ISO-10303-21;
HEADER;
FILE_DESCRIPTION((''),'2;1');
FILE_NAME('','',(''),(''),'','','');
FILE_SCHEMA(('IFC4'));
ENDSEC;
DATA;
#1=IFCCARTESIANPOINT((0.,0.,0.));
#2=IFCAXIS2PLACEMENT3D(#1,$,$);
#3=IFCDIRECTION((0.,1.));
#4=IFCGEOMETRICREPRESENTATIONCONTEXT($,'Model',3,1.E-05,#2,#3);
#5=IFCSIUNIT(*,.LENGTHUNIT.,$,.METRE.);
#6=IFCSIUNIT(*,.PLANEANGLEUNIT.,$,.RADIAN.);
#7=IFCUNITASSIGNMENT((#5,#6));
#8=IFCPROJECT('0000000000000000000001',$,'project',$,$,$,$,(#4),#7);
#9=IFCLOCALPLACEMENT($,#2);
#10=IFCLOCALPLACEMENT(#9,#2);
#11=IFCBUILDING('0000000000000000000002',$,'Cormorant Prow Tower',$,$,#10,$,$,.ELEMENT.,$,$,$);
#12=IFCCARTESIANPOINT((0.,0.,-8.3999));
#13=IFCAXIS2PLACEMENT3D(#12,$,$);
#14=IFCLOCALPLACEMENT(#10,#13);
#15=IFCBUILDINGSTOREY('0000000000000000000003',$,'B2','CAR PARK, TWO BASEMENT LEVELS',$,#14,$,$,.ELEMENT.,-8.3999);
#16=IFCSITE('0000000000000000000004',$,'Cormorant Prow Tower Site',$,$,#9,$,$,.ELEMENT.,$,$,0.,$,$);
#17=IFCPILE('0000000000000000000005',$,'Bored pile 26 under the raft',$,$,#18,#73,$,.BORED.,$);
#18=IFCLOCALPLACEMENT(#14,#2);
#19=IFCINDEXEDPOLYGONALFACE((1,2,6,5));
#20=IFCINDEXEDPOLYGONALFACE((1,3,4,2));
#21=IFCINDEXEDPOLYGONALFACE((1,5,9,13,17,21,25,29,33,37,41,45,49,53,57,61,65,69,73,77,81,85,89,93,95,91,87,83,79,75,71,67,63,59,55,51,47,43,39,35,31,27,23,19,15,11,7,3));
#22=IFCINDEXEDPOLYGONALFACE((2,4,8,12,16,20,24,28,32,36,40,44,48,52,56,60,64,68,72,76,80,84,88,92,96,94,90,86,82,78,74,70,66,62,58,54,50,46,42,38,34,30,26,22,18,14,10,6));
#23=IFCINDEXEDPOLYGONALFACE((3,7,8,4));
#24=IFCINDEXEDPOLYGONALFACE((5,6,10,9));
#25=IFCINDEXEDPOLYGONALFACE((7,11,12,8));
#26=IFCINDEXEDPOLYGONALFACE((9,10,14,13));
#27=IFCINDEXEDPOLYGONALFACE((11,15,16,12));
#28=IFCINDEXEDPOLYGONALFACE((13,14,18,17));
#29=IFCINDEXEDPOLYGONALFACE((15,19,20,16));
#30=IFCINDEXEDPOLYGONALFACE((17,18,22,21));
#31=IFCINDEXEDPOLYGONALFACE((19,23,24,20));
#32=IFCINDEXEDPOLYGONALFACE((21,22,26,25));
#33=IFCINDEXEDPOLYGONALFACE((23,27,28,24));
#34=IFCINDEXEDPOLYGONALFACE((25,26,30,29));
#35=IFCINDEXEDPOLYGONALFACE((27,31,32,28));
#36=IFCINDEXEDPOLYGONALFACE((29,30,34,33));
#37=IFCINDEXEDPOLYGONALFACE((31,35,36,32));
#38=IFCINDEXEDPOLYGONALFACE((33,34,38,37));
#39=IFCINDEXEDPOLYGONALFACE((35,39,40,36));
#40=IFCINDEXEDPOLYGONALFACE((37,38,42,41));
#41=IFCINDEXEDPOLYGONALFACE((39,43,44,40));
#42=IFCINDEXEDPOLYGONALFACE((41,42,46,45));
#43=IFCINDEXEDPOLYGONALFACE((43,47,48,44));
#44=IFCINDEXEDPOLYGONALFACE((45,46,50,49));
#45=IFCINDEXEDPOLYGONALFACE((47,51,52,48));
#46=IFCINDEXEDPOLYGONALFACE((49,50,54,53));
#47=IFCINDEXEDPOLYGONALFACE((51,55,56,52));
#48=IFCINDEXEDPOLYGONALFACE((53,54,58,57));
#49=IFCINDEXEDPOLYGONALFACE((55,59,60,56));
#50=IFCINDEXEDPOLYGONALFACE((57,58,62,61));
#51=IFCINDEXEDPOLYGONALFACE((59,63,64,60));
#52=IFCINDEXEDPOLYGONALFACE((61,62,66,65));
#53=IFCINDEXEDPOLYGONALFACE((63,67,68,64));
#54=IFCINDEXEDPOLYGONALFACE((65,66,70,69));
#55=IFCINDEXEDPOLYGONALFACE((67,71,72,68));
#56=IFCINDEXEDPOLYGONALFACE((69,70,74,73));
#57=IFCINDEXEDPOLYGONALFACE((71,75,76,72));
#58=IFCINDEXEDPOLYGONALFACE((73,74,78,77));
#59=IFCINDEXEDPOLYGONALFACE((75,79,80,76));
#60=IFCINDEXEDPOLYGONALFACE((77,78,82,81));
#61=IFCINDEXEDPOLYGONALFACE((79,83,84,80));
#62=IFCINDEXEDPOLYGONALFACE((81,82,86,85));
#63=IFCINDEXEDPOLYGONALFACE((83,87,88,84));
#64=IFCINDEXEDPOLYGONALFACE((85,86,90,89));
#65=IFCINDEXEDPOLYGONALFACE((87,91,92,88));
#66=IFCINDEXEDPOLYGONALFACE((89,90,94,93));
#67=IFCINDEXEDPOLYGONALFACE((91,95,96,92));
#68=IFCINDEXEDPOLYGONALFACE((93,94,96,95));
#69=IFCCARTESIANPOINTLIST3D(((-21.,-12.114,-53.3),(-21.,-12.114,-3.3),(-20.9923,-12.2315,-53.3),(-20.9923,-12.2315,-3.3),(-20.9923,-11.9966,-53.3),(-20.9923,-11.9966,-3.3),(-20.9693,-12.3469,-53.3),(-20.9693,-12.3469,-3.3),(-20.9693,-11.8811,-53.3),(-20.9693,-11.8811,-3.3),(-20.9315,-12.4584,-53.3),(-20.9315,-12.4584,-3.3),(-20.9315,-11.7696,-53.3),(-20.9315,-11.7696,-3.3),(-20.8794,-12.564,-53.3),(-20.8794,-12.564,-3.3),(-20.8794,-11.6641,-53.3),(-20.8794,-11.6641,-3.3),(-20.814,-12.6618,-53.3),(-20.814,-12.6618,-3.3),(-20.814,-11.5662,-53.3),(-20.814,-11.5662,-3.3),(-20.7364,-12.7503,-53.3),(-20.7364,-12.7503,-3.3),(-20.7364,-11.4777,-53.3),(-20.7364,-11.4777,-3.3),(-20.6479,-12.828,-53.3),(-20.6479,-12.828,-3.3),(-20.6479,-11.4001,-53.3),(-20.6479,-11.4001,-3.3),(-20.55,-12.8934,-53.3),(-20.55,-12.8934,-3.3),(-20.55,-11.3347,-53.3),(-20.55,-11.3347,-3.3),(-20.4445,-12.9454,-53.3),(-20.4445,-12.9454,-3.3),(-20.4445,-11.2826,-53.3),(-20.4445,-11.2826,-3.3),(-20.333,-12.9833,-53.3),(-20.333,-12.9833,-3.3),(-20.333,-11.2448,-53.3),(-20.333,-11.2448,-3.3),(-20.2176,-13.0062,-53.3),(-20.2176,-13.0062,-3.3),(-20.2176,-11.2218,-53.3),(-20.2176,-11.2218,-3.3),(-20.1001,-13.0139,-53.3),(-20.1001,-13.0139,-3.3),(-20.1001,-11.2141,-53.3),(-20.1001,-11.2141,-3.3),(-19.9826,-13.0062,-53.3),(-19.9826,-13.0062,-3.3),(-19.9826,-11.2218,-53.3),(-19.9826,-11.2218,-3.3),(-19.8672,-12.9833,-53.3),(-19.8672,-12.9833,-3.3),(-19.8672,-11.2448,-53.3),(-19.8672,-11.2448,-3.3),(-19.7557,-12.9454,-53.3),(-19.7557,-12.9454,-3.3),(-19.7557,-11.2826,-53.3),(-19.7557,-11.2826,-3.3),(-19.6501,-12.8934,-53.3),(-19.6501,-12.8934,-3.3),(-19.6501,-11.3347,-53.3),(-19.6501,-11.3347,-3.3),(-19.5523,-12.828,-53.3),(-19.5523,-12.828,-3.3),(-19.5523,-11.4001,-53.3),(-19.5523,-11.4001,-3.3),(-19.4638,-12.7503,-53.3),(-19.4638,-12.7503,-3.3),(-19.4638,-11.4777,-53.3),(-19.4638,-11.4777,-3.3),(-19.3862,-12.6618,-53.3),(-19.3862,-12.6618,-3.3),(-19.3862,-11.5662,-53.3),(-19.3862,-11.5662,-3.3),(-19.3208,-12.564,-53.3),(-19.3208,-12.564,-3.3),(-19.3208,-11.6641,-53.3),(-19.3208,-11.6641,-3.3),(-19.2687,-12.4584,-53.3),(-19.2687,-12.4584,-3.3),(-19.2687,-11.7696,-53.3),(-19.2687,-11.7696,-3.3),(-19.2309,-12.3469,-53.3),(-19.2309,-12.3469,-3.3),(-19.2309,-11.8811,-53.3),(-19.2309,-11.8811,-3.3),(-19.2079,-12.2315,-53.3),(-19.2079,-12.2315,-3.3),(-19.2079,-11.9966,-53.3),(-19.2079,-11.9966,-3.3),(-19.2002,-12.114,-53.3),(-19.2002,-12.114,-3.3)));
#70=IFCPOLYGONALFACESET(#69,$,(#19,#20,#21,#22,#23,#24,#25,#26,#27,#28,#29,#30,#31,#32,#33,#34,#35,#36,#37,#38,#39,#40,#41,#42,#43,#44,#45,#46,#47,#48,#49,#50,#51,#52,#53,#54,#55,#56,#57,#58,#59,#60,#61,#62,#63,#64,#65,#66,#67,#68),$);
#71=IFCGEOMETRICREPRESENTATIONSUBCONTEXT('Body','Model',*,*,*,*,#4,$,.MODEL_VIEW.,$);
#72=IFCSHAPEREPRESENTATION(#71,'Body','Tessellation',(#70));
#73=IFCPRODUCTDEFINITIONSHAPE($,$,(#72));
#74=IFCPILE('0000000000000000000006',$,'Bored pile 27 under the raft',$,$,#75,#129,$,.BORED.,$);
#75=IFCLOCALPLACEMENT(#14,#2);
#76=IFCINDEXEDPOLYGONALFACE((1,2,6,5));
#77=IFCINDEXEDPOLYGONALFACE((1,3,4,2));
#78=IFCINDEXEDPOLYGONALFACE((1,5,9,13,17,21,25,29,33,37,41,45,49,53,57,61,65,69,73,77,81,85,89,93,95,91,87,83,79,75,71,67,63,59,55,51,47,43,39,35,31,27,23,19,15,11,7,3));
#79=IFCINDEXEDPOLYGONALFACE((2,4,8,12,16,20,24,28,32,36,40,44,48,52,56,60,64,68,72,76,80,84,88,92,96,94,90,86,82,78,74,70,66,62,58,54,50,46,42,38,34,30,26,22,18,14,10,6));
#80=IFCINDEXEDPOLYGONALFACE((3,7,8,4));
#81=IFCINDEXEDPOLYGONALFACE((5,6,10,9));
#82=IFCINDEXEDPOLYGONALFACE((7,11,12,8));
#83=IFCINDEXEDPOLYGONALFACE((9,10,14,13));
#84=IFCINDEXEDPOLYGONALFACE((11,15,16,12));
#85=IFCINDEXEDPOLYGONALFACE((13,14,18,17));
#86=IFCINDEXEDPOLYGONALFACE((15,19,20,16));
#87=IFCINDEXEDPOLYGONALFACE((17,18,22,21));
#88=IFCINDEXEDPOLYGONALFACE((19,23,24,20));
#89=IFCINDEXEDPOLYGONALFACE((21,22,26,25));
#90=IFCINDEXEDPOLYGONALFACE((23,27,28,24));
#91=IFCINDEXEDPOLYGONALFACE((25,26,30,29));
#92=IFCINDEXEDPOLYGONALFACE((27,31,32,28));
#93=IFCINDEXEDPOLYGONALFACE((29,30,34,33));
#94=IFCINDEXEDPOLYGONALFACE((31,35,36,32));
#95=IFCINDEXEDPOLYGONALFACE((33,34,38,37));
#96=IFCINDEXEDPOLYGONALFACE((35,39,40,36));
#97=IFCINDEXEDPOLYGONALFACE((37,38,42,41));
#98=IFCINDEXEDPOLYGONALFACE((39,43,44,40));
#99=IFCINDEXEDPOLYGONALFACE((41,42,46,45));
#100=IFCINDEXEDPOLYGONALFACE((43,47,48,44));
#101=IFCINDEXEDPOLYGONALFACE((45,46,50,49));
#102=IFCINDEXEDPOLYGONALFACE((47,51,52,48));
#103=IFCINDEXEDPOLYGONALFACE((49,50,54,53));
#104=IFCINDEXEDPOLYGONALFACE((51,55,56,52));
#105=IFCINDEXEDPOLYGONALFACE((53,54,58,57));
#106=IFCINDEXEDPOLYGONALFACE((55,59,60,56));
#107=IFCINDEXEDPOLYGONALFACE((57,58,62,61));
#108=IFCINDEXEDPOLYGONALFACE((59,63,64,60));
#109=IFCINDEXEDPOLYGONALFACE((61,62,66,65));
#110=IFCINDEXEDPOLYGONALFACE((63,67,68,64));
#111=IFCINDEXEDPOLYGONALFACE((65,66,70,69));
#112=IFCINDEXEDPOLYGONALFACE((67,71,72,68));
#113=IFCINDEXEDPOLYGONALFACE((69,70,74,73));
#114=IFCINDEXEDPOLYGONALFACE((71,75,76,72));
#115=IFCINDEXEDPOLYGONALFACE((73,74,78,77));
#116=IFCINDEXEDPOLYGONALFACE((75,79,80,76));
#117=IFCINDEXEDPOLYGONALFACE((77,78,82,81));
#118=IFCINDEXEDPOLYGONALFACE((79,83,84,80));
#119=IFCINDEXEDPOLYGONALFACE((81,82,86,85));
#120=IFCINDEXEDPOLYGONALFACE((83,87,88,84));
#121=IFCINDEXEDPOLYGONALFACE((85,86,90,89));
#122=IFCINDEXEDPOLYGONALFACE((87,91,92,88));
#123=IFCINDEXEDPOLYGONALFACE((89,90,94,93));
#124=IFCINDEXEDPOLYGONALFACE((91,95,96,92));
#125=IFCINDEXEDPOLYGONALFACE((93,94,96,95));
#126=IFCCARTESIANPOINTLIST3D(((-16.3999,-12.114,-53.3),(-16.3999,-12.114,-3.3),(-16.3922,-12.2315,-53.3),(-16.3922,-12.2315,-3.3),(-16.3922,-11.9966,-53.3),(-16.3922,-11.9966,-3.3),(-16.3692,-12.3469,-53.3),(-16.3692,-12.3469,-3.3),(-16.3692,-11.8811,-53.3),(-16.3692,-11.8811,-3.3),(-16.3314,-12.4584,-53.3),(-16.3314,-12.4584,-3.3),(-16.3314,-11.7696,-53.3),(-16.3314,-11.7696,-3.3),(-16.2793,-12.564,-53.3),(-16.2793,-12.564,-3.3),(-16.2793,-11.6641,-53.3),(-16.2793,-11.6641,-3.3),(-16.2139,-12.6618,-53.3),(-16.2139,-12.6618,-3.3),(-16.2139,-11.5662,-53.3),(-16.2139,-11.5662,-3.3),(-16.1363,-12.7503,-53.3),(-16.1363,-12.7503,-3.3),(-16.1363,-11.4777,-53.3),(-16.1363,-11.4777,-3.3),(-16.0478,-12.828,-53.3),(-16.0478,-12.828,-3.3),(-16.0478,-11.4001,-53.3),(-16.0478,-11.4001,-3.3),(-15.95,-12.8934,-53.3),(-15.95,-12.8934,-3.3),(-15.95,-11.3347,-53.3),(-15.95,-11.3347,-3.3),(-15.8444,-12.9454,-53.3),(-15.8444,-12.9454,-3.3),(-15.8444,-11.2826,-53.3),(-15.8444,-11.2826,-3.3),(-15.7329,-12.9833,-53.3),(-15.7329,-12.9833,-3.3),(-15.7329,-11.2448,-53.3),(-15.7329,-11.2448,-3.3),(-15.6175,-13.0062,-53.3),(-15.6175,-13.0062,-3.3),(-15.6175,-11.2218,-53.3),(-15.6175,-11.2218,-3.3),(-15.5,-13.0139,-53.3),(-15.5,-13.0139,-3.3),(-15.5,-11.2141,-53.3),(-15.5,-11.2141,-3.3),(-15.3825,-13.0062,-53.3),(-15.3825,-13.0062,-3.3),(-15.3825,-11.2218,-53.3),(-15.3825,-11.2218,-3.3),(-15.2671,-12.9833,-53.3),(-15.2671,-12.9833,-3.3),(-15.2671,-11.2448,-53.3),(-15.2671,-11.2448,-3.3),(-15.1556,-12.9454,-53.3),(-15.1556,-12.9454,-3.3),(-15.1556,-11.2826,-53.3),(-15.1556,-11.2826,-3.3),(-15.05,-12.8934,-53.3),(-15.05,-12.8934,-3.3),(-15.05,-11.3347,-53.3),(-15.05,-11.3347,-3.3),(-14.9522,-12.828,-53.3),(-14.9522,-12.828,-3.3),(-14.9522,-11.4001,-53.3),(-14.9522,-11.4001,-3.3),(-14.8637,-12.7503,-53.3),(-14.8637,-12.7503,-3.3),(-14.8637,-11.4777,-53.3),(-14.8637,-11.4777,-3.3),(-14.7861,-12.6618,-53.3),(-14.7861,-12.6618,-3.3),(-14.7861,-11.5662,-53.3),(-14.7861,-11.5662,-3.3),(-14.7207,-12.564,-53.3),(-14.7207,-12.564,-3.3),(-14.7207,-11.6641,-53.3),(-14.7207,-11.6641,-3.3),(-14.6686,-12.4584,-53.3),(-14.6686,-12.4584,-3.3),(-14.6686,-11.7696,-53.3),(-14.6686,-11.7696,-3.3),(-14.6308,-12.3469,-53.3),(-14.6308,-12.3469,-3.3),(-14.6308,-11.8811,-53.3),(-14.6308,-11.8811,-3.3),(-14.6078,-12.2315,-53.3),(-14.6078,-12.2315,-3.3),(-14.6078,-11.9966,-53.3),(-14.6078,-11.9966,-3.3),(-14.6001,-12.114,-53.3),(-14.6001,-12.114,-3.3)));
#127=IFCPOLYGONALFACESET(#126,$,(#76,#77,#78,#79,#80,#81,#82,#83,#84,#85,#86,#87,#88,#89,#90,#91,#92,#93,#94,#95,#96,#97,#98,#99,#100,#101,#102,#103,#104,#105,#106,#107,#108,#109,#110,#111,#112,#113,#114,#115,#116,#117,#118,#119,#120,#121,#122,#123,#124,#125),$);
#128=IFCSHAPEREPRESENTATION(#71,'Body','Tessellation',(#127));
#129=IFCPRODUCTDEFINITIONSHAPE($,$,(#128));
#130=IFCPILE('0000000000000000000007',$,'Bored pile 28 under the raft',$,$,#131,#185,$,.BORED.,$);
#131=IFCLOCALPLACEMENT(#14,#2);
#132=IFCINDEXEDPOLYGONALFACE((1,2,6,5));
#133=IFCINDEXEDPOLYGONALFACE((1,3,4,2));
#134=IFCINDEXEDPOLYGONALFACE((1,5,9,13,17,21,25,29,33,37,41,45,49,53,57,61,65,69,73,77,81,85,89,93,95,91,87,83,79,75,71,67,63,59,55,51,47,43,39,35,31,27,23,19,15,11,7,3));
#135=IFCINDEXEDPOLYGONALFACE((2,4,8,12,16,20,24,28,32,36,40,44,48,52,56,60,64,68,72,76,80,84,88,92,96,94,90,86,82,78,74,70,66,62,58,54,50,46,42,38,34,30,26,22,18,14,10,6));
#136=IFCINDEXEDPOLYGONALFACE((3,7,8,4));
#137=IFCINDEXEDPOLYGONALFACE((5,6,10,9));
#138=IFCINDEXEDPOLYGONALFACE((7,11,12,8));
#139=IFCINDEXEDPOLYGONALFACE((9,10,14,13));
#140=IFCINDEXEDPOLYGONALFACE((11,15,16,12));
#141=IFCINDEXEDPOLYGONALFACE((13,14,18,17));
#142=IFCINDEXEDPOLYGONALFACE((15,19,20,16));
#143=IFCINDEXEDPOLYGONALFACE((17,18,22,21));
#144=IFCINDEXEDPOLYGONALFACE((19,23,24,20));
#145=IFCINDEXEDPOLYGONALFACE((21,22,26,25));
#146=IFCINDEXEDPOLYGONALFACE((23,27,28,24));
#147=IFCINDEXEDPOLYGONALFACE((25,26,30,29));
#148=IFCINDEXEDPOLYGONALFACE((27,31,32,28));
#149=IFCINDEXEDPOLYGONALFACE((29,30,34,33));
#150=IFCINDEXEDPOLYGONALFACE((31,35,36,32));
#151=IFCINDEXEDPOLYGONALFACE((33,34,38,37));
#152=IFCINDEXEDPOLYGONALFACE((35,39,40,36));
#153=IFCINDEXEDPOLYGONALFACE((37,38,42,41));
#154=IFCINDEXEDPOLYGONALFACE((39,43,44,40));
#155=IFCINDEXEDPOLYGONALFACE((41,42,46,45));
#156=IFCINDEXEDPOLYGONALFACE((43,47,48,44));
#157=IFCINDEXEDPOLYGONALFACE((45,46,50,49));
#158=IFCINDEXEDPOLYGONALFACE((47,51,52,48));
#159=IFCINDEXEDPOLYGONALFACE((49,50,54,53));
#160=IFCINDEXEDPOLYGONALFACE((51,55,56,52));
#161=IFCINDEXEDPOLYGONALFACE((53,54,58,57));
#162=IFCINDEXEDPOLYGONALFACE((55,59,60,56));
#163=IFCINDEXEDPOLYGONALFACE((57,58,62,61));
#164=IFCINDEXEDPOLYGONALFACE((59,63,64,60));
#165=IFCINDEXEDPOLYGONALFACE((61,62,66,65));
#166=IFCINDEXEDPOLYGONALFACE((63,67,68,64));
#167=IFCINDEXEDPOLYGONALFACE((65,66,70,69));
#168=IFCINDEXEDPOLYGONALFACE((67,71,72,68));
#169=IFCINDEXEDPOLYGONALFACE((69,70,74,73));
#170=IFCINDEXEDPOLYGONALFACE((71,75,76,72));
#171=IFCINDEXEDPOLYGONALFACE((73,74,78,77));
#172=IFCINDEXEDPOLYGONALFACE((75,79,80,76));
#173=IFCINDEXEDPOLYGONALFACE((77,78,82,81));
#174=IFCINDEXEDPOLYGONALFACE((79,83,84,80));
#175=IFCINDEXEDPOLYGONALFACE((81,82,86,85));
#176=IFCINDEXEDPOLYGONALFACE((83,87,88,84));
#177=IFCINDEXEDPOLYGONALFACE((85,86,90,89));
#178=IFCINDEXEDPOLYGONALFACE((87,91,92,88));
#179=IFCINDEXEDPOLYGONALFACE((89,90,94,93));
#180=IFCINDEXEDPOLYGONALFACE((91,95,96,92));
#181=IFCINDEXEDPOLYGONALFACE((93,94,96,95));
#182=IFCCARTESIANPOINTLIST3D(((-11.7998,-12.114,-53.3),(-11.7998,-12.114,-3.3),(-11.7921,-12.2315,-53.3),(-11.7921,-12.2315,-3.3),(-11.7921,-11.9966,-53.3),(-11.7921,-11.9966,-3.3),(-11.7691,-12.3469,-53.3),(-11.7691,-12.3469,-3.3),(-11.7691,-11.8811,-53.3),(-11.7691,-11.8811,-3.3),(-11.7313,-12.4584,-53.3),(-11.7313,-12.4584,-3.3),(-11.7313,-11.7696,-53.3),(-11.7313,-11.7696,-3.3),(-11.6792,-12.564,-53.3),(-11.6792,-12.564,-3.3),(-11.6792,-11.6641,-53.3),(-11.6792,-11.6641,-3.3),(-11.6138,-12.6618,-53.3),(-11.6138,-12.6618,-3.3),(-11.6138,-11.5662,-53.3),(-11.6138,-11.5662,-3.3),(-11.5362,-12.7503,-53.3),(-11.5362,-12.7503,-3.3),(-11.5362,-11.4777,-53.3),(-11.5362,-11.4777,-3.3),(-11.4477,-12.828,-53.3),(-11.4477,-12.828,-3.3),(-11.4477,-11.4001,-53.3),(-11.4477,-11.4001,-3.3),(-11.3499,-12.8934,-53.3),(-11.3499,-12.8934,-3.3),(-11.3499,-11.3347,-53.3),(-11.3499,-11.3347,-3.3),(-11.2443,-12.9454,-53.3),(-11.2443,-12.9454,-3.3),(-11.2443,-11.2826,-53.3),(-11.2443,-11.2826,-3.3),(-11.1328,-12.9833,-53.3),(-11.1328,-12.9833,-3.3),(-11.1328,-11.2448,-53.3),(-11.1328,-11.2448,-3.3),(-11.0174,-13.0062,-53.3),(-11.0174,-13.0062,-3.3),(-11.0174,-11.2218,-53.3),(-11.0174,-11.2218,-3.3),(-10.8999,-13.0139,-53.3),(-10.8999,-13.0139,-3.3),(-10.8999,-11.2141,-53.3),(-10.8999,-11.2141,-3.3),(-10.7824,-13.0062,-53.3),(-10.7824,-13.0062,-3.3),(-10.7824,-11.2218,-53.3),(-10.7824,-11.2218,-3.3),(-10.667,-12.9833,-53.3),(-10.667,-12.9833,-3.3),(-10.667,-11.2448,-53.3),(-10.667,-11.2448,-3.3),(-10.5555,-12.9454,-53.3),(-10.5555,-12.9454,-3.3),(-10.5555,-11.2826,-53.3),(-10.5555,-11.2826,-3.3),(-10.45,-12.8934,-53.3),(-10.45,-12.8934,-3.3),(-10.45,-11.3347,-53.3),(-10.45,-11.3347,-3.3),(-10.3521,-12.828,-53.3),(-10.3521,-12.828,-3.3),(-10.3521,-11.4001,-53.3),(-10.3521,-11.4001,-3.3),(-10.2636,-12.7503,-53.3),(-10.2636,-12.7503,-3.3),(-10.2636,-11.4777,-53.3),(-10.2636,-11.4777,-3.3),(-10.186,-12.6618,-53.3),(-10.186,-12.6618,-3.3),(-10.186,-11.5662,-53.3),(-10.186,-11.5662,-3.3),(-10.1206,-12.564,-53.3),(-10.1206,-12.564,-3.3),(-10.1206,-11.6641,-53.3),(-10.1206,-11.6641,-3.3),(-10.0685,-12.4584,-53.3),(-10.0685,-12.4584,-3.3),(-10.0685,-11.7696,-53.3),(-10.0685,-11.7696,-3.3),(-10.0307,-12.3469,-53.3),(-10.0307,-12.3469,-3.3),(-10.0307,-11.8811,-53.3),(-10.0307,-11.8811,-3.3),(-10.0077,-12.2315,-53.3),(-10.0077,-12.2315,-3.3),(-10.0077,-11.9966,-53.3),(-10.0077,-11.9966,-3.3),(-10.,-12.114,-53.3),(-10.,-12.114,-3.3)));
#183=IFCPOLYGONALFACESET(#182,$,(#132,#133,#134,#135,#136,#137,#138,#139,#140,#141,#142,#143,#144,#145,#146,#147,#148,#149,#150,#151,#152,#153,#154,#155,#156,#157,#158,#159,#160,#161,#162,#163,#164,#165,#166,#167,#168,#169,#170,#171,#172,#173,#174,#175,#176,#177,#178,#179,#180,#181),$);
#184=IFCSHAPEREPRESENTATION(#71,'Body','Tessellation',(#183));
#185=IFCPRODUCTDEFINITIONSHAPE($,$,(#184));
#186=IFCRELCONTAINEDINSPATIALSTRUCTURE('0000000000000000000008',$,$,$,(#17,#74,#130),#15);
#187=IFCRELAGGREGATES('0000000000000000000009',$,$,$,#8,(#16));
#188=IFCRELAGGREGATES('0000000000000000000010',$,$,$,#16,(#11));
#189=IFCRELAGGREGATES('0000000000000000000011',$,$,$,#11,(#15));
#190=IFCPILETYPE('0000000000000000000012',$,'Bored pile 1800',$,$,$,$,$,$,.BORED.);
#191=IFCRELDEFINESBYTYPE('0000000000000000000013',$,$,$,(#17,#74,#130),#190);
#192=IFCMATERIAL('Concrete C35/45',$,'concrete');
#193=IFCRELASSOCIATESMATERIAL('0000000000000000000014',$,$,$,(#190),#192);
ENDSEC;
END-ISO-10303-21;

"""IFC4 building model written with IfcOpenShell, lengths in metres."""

from ifc_helpers import new_model, si_unit, direction, frame, origin, origin_2d, place, context, subcontext, project, spatial, circle, extrude, material, material_profile, profile_set, type_object, element, save


model = new_model("IFC4")

# Units and contexts
model_context = context("Model", 3, precision=1e-05, world=origin(), true_north=direction((0.0, 1.0)))
body_context = subcontext(model_context, "Body", "Model", "MODEL_VIEW")
ifc_project = project(units=[si_unit("LENGTHUNIT", "METRE"), si_unit("PLANEANGLEUNIT", "RADIAN")], contexts=[model_context])

# Site, building, storey
site_placement = place(None, origin())
site = spatial("IfcSite", under=ifc_project, at=site_placement, Name="Cormorant Prow Tower Site", CompositionType="ELEMENT", RefElevation=0.0)
building_placement = place(site_placement, origin())
building = spatial("IfcBuilding", under=site, at=building_placement, Name="Cormorant Prow Tower", CompositionType="ELEMENT")
storey_placement = place(building_placement, frame((0.0, 0.0, -8.3999)))
storey = spatial("IfcBuildingStorey", under=building, at=storey_placement, Name="B2", Description="CAR PARK, TWO BASEMENT LEVELS", CompositionType="ELEMENT", Elevation=-8.3999)

# Piles
ifc_material_1 = material(Name="Concrete C35/45", Category="concrete")
ifc_material_profile_1 = material_profile(ifc_material_1, circle(Radius=0.8999, at=origin_2d()), Name="Round 1800")
ifc_profile_set_1 = profile_set([ifc_material_profile_1], Name="Concrete C35/45")
pile_type_1 = type_object("IfcPileType", Name="Bored pile 1800", PredefinedType="BORED", material=ifc_profile_set_1)
for number, where, z_axis, x_axis, name in (
    (1, (-20.1001, -12.114, -3.3), (0.0, 0.0, -1.0), (1.0, 0.0, 0.0), "Bored pile 26 under the raft"),
    (2, (-15.5, -12.114, -3.3), (0.0, 0.0, -1.0), (1.0, 0.0, 0.0), "Bored pile 27 under the raft"),
    (3, (-10.8999, -12.114, -3.3), (0.0, 0.0, -1.0), (1.0, 0.0, 0.0), "Bored pile 28 under the raft"),
):
    element("IfcPile", number, at=place(storey_placement, frame(where, z_axis=z_axis, x_axis=x_axis)), inside=storey, type_object=pile_type_1, Name=name, PredefinedType="BORED", context=body_context, shape_type="SweptSolid", body=[
        extrude(circle(Radius=0.8999, at=origin_2d()), origin(), (0.0, 0.0, 1.0), 50.0),
    ])

save(model, "model.ifc")
